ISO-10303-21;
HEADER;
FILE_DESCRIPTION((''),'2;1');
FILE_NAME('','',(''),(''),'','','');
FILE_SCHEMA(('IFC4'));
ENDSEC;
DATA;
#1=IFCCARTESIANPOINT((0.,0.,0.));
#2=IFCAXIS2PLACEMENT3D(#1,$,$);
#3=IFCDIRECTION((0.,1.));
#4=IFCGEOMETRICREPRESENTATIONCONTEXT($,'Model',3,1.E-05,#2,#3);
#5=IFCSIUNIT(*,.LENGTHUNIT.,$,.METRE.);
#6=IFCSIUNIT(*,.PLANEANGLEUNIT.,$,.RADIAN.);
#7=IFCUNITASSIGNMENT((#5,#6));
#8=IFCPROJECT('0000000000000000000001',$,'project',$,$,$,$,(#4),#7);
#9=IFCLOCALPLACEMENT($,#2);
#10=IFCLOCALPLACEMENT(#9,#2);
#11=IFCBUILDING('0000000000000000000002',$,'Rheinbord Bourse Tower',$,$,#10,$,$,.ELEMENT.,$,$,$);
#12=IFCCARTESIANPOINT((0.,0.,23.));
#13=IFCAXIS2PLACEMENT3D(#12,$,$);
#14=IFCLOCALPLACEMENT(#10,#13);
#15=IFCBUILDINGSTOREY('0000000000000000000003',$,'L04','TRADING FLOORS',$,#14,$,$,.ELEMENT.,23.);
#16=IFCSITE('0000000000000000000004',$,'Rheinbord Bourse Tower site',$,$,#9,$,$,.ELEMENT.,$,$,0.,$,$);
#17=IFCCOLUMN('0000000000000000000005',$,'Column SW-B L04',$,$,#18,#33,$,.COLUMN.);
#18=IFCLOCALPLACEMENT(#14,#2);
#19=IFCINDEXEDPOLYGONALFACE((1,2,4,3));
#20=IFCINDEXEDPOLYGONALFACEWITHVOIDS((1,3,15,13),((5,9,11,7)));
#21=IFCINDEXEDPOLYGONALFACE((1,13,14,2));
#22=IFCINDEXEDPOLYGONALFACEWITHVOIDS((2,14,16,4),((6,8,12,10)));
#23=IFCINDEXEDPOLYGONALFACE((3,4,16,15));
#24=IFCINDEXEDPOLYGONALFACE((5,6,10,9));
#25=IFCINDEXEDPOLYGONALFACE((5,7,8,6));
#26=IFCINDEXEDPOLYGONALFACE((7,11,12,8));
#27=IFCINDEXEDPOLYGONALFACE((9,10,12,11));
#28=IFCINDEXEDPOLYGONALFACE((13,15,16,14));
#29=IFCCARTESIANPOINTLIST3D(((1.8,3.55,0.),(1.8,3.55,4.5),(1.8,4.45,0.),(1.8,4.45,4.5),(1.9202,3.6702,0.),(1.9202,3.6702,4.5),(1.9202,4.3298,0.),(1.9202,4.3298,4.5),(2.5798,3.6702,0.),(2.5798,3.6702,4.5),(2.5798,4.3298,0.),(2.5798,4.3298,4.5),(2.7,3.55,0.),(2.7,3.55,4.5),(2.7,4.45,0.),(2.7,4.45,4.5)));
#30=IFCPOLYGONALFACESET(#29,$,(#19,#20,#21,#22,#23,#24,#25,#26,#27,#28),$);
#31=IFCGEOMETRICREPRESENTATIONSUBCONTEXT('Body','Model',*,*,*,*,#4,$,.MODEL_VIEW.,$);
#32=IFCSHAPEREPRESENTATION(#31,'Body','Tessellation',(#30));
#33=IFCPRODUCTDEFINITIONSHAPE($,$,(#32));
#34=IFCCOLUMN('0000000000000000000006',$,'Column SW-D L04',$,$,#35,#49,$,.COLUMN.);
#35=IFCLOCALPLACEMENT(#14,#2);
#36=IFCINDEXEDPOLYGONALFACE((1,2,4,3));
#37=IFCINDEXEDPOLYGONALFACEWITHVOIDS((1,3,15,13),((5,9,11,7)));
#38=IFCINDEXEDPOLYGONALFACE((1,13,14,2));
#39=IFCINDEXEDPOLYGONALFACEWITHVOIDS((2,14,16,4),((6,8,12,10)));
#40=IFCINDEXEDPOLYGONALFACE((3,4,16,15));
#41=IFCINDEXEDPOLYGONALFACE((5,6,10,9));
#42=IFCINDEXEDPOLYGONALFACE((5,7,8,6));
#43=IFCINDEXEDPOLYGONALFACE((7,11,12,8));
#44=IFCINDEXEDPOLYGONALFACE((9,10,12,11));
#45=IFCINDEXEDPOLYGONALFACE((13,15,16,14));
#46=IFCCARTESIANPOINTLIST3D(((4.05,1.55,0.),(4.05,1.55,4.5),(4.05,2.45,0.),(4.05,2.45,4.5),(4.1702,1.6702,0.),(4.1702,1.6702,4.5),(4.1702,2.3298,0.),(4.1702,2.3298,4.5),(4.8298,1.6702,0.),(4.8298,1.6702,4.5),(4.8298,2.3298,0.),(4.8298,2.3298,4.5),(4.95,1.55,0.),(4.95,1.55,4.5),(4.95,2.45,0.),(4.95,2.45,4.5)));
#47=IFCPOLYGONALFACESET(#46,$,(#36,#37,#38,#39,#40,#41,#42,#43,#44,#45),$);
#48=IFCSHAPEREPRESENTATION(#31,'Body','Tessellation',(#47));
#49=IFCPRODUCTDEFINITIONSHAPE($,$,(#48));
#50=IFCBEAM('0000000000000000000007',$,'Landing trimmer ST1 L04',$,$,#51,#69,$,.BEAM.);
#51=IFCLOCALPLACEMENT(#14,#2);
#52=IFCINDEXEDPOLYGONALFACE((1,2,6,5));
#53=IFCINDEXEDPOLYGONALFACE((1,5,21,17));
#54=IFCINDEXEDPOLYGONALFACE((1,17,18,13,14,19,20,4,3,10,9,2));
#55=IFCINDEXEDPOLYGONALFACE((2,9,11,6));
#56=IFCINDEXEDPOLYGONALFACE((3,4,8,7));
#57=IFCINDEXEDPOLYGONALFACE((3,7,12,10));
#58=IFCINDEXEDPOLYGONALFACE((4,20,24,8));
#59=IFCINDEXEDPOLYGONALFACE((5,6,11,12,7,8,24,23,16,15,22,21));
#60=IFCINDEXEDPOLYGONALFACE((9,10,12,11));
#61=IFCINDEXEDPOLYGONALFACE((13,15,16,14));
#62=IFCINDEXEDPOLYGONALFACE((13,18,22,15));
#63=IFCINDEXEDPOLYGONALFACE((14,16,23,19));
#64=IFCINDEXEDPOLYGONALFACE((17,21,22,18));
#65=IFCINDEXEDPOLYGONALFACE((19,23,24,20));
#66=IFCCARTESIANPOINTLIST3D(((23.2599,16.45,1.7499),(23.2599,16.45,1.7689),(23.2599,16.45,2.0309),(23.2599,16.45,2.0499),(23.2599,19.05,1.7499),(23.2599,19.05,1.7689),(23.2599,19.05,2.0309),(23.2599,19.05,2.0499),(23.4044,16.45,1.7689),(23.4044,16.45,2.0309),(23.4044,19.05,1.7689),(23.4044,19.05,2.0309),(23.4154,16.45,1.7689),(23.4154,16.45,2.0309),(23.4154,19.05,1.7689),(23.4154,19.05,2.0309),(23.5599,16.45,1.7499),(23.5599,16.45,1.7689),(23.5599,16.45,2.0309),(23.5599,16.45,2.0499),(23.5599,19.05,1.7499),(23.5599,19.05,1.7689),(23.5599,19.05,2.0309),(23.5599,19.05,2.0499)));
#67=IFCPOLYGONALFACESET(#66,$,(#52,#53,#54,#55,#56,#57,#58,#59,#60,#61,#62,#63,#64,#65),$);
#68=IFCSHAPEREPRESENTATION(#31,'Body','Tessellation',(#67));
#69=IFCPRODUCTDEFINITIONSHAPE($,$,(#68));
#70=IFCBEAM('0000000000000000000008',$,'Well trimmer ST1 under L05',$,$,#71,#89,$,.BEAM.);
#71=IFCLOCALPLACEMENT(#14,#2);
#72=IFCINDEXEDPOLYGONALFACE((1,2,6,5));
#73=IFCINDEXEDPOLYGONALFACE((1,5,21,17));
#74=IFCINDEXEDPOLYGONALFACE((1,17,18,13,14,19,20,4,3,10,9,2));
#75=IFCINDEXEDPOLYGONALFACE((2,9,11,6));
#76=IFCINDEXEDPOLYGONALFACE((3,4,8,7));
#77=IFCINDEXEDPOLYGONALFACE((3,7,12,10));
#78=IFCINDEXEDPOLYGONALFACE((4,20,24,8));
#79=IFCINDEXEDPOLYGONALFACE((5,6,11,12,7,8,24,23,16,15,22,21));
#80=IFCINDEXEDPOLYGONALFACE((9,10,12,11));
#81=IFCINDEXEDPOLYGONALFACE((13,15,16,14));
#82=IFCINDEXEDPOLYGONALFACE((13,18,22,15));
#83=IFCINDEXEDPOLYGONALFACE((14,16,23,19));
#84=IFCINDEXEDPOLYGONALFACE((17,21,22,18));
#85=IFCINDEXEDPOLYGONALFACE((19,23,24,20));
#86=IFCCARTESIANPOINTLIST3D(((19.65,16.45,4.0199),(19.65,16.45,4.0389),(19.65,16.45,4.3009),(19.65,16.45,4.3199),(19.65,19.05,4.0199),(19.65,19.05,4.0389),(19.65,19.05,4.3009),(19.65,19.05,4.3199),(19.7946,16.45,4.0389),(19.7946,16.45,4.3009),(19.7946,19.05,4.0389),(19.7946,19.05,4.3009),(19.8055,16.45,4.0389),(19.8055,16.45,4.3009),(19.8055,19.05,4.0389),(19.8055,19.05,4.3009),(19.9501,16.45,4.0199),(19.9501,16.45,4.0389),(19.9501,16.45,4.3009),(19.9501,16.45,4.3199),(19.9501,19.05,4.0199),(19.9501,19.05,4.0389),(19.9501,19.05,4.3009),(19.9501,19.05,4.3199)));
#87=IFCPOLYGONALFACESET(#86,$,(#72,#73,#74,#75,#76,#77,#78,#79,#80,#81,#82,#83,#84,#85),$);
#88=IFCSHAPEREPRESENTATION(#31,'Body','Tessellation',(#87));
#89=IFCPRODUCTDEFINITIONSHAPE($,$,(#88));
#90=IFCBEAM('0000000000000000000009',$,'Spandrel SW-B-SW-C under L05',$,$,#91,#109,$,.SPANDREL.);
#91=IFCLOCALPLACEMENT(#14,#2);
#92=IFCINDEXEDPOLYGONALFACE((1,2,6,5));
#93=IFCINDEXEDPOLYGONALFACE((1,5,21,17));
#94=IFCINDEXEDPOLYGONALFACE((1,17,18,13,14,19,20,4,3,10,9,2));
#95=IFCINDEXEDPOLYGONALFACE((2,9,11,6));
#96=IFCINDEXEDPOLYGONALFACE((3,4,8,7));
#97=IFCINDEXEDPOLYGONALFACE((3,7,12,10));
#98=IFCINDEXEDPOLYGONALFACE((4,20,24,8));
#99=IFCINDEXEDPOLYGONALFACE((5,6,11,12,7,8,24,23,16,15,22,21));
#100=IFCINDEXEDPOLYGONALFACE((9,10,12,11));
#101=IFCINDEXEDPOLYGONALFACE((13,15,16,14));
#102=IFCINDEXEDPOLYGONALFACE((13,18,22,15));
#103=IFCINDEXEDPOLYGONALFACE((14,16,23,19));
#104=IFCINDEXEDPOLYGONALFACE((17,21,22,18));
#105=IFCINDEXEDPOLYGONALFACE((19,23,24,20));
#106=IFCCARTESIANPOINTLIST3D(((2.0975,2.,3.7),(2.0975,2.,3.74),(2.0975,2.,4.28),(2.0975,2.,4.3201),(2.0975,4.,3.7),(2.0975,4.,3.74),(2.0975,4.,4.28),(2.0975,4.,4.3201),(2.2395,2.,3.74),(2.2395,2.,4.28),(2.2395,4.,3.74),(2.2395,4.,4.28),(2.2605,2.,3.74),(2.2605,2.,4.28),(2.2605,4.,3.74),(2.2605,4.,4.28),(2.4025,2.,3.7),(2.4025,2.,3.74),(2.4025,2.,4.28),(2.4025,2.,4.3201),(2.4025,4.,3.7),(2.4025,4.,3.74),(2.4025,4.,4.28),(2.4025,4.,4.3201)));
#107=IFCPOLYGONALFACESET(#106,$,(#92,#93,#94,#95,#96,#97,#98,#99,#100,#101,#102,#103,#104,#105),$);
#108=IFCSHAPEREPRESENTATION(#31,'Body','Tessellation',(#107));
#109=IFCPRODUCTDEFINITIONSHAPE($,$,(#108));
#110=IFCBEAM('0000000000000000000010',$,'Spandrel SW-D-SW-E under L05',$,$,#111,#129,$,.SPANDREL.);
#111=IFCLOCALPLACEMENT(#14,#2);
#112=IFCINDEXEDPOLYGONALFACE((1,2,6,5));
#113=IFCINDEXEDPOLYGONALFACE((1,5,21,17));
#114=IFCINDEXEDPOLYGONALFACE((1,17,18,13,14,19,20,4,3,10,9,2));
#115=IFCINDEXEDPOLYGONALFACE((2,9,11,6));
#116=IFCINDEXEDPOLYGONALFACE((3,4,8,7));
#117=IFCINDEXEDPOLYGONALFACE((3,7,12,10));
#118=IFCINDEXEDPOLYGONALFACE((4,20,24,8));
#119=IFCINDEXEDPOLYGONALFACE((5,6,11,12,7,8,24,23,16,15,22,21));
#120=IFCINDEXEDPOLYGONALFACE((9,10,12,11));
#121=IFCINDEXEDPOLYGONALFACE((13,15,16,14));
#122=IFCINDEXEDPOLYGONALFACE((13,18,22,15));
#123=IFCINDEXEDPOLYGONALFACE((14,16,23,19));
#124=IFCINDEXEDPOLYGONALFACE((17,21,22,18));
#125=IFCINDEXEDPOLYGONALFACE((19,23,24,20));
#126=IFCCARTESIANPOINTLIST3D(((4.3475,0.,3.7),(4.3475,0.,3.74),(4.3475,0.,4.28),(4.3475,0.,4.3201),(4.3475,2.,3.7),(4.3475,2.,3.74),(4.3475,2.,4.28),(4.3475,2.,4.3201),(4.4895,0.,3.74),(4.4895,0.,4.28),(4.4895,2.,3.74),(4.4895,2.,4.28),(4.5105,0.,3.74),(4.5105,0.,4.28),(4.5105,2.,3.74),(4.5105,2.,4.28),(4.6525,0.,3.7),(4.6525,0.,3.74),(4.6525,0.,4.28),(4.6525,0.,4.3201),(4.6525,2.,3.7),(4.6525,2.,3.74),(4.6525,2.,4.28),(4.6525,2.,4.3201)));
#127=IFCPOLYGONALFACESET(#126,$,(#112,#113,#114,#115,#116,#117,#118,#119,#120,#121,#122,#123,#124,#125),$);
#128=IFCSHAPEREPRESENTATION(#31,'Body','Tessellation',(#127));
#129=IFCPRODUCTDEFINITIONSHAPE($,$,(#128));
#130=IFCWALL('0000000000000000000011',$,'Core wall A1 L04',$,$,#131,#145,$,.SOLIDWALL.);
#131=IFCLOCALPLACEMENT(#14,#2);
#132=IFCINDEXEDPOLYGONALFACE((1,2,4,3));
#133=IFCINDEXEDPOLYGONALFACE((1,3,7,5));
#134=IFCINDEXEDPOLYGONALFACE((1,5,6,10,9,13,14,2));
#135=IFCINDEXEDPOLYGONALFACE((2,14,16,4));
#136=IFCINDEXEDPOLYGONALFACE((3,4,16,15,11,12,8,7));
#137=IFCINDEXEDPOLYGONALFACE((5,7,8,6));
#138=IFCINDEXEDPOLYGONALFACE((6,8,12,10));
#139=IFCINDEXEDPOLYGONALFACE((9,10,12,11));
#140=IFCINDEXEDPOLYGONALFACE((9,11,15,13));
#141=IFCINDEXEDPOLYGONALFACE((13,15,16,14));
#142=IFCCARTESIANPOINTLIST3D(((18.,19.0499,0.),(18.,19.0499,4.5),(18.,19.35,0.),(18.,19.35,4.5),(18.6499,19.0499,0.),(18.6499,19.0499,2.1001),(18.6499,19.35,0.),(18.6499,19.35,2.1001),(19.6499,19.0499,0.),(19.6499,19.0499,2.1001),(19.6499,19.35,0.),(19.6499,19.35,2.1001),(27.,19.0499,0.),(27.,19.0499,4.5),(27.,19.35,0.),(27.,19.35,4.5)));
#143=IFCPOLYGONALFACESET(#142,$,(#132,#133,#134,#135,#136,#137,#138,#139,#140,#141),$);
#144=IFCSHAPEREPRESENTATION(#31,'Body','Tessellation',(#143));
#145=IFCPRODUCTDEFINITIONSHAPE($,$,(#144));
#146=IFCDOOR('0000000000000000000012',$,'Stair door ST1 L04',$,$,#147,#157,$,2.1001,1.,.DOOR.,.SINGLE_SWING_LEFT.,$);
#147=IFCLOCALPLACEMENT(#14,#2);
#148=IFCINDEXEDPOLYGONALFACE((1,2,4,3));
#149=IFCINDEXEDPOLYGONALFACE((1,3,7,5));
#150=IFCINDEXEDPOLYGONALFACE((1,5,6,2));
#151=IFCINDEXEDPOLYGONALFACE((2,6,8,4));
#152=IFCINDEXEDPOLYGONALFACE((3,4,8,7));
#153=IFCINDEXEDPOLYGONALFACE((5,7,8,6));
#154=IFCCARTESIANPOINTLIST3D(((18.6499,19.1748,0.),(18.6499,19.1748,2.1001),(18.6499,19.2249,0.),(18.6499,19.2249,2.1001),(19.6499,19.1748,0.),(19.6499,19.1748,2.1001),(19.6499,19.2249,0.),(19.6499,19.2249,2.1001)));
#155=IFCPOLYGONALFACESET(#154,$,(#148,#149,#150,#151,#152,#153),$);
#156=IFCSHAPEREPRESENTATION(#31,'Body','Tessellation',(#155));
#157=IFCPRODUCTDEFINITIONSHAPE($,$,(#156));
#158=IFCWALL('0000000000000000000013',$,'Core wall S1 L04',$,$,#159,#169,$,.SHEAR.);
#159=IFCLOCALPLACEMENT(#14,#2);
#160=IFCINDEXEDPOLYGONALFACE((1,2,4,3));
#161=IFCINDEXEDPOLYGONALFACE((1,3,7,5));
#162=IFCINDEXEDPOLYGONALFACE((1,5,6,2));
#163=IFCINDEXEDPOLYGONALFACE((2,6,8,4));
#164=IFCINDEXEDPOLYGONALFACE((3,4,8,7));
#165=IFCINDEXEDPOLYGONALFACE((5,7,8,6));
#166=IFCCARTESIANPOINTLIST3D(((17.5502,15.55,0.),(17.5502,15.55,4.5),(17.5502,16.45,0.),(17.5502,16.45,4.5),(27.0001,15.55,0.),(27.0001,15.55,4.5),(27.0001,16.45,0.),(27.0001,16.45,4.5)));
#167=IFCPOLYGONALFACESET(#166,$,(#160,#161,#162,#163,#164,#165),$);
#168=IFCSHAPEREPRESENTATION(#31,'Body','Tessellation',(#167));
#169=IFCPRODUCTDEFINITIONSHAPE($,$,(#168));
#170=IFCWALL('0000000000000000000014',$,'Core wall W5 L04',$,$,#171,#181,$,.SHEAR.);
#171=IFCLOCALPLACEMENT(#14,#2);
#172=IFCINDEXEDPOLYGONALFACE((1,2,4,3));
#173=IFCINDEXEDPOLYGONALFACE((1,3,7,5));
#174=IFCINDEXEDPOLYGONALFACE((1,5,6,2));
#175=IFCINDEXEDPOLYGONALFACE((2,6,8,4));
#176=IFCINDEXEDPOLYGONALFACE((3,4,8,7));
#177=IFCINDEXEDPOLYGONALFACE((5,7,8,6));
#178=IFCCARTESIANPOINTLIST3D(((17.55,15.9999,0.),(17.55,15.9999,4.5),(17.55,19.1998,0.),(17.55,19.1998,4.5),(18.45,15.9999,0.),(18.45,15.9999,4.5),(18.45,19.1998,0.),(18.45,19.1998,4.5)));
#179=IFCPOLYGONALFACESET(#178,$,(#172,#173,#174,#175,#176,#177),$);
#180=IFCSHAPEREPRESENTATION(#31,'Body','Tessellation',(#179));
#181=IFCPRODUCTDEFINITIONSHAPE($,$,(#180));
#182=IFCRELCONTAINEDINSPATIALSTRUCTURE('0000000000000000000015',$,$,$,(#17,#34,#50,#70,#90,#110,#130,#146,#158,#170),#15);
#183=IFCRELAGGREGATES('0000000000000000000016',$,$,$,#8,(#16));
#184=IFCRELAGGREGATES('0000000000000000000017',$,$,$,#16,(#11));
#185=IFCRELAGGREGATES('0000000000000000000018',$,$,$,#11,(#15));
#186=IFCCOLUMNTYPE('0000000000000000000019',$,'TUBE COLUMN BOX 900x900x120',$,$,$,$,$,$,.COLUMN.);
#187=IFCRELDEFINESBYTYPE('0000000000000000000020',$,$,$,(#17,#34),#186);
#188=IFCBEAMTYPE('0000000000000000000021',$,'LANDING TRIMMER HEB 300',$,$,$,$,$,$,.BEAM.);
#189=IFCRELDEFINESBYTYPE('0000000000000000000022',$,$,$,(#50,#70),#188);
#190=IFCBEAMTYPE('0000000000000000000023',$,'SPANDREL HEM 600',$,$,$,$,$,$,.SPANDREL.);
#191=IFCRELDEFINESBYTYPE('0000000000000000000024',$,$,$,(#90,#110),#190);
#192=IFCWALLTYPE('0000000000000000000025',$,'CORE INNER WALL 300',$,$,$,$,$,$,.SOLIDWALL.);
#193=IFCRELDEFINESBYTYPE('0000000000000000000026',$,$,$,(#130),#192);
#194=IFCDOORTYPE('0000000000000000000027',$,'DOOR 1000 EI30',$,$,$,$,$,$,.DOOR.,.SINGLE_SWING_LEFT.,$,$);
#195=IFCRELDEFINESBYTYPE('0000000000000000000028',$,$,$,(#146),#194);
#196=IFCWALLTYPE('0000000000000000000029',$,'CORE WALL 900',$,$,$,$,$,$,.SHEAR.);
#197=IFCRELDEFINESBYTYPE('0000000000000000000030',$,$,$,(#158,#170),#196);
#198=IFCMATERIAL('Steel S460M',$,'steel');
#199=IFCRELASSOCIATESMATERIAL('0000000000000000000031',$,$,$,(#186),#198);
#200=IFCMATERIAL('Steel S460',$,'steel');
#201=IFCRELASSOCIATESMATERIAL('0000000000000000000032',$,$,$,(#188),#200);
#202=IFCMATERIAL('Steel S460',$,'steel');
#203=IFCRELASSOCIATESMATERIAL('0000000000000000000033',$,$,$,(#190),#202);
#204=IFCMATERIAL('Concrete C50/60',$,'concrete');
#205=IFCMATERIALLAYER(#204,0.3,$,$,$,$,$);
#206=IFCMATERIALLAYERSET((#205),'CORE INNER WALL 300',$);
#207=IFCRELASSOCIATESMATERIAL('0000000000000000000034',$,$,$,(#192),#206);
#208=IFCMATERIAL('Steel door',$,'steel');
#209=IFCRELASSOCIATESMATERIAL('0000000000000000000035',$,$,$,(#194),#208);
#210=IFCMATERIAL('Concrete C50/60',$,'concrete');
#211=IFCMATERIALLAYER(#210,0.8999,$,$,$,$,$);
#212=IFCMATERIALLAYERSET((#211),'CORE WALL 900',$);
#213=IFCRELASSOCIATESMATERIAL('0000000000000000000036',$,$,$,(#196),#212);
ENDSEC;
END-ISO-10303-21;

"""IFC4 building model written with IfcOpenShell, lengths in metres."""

from ifc_helpers import new_model, si_unit, direction, frame, frame_2d, origin, origin_2d, place, context, subcontext, project, spatial, rectangle, hollow_rectangle, i_section, extrude, material, layer, layer_set, material_profile, profile_set, type_object, element, fill, save


model = new_model("IFC4")

# Units and contexts
model_context = context("Model", 3, precision=1e-05, world=origin(), true_north=direction((0.0, 1.0)))
body_context = subcontext(model_context, "Body", "Model", "MODEL_VIEW")
ifc_project = project(units=[si_unit("LENGTHUNIT", "METRE"), si_unit("PLANEANGLEUNIT", "RADIAN")], contexts=[model_context])

# Site, building, storey
site_placement = place(None, origin())
site = spatial("IfcSite", under=ifc_project, at=site_placement, Name="Rheinbord Bourse Tower site", CompositionType="ELEMENT", RefElevation=0.0)
building_placement = place(site_placement, origin())
building = spatial("IfcBuilding", under=site, at=building_placement, Name="Rheinbord Bourse Tower", CompositionType="ELEMENT")
storey_placement = place(building_placement, frame((0.0, 0.0, 23.0)))
storey = spatial("IfcBuildingStorey", under=building, at=storey_placement, Name="L04", Description="TRADING FLOORS", CompositionType="ELEMENT", Elevation=23.0)

# Columns
ifc_material_1 = material(Name="Steel S460M", Category="steel")
ifc_material_profile_1 = material_profile(ifc_material_1, hollow_rectangle(XDim=0.8999, YDim=0.8999, WallThickness=0.1201, at=origin_2d()), Name="BOX 900x900x120")
ifc_profile_set_1 = profile_set([ifc_material_profile_1], Name="Steel S460M")
column_type = type_object("IfcColumnType", Name="TUBE COLUMN BOX 900x900x120", PredefinedType="COLUMN", material=ifc_profile_set_1)
for number, where, z_axis, x_axis, name in (
    (1, (2.25, 4.0, 0.0), (0.0, 0.0, 1.0), (1.0, 0.0, 0.0), "Column SW-B L04"),
    (2, (4.5, 2.0, 0.0), (0.0, 0.0, 1.0), (0.0, 1.0, 0.0), "Column SW-D L04"),
):
    element("IfcColumn", number, at=place(storey_placement, frame(where, z_axis=z_axis, x_axis=x_axis)), inside=storey, type_object=column_type, Name=name, PredefinedType="COLUMN", context=body_context, shape_type="SweptSolid", body=[
        extrude(hollow_rectangle(XDim=0.8999, YDim=0.8999, WallThickness=0.1201, at=origin_2d()), origin(), (0.0, 0.0, 1.0), 4.5),
    ])

# Beams
ifc_material_2 = material(Name="Steel S460", Category="steel")
ifc_material_profile_2 = material_profile(ifc_material_2, i_section(OverallWidth=0.3, OverallDepth=0.3, WebThickness=0.011, FlangeThickness=0.019, at=origin_2d()), Name="HEB 300")
ifc_profile_set_2 = profile_set([ifc_material_profile_2], Name="Steel S460")
beam_type_1 = type_object("IfcBeamType", Name="LANDING TRIMMER HEB 300", PredefinedType="BEAM", material=ifc_profile_set_2)
for number, where, z_axis, x_axis, name in (
    (3, (23.4099, 16.45, 1.8999), (0.0, 1.0, 0.0), (-1.0, 0.0, 0.0), "Landing trimmer ST1 L04"),
    (4, (19.8, 16.45, 4.1699), (0.0, 1.0, 0.0), (-1.0, 0.0, 0.0), "Well trimmer ST1 under L05"),
):
    element("IfcBeam", number, at=place(storey_placement, frame(where, z_axis=z_axis, x_axis=x_axis)), inside=storey, type_object=beam_type_1, Name=name, PredefinedType="BEAM", context=body_context, shape_type="SweptSolid", body=[
        extrude(i_section(OverallWidth=0.3, OverallDepth=0.3, WebThickness=0.011, FlangeThickness=0.019, at=origin_2d()), origin(), (0.0, 0.0, 1.0), 2.6001),
    ])
ifc_material_3 = material(Name="Steel S460", Category="steel")
ifc_material_profile_3 = material_profile(ifc_material_3, i_section(OverallWidth=0.3049, OverallDepth=0.6201, WebThickness=0.021, FlangeThickness=0.04, at=origin_2d()), Name="HEM 600")
ifc_profile_set_3 = profile_set([ifc_material_profile_3], Name="Steel S460")
beam_type_2 = type_object("IfcBeamType", Name="SPANDREL HEM 600", PredefinedType="SPANDREL", material=ifc_profile_set_3)
for number, where, z_axis, x_axis, name in (
    (5, (2.25, 4.0, 4.01), (0.0, -1.0, 0.0), (1.0, 0.0, 0.0), "Spandrel SW-B-SW-C under L05"),
    (6, (4.5, 2.0, 4.01), (0.0, -1.0, 0.0), (1.0, 0.0, 0.0), "Spandrel SW-D-SW-E under L05"),
):
    element("IfcBeam", number, at=place(storey_placement, frame(where, z_axis=z_axis, x_axis=x_axis)), inside=storey, type_object=beam_type_2, Name=name, PredefinedType="SPANDREL", context=body_context, shape_type="SweptSolid", body=[
        extrude(i_section(OverallWidth=0.3049, OverallDepth=0.6201, WebThickness=0.021, FlangeThickness=0.04, at=origin_2d()), origin(), (0.0, 0.0, 1.0), 2.0),
    ])

# Wall, opening, door
ifc_material_4 = material(Name="Concrete C50/60", Category="concrete")
ifc_layer_1 = layer(ifc_material_4, 0.3)
ifc_layer_set_1 = layer_set([ifc_layer_1], Name="CORE INNER WALL 300")
wall_type_1 = type_object("IfcWallType", Name="CORE INNER WALL 300", PredefinedType="SOLIDWALL", material=ifc_layer_set_1)
wall_1_placement = place(storey_placement, frame((18.0, 19.2, 0.0), z_axis=(0.0, 0.0, 1.0), x_axis=(1.0, 0.0, 0.0)))
wall_1 = element("IfcWall", 7, at=wall_1_placement, inside=storey, type_object=wall_type_1, Name="Core wall A1 L04", PredefinedType="SOLIDWALL", context=body_context, shape_type="SweptSolid", body=[
    extrude(rectangle(XDim=9.0, YDim=0.3, at=frame_2d((4.5, 0.0))), origin(), (0.0, 0.0, 1.0), 4.5),
])
opening_1_placement = place(wall_1_placement, frame((0.6499, 0.0, 0.0)))
opening_1 = element("IfcOpeningElement", 8, at=opening_1_placement, cuts=wall_1, PredefinedType="OPENING", context=body_context, shape_type="SweptSolid", body=[
    extrude(rectangle(XDim=1.0, YDim=2.1001, at=frame_2d((0.5, 1.05))), frame((0.0, 0.1599, 0.0), z_axis=(0.0, -1.0, 0.0), x_axis=(1.0, 0.0, 0.0)), (0.0, 0.0, 1.0), 0.3201),
])
ifc_material_5 = material(Name="Steel door", Category="steel")
door_type_1 = type_object("IfcDoorType", Name="DOOR 1000 EI30", OperationType="SINGLE_SWING_LEFT", PredefinedType="DOOR", material=ifc_material_5)
door_1_placement = place(opening_1_placement, origin())
door_1 = element("IfcDoor", 9, at=door_1_placement, inside=storey, type_object=door_type_1, Name="Stair door ST1 L04", OperationType="SINGLE_SWING_LEFT", OverallHeight=2.1001, OverallWidth=1.0, PredefinedType="DOOR", context=body_context, shape_type="SweptSolid", body=[
    extrude(rectangle(XDim=1.0, YDim=2.1001, at=frame_2d((0.5, 1.05))), frame((0.0, 0.0249, 0.0), z_axis=(0.0, -1.0, 0.0), x_axis=(1.0, 0.0, 0.0)), (0.0, 0.0, 1.0), 0.05),
])
fill(opening_1, door_1)

# Walls
ifc_material_6 = material(Name="Concrete C50/60", Category="concrete")
ifc_layer_2 = layer(ifc_material_6, 0.8999)
ifc_layer_set_2 = layer_set([ifc_layer_2], Name="CORE WALL 900")
wall_type_2 = type_object("IfcWallType", Name="CORE WALL 900", PredefinedType="SHEAR", material=ifc_layer_set_2)
wall_2_placement = place(storey_placement, frame((17.55, 16.0, 0.0), z_axis=(0.0, 0.0, 1.0), x_axis=(1.0, 0.0, 0.0)))
element("IfcWall", 10, at=wall_2_placement, inside=storey, type_object=wall_type_2, Name="Core wall S1 L04", PredefinedType="SHEAR", context=body_context, shape_type="SweptSolid", body=[
    extrude(rectangle(XDim=9.45, YDim=0.8999, at=frame_2d((4.7251, 0.0))), origin(), (0.0, 0.0, 1.0), 4.5),
])
wall_3_placement = place(storey_placement, frame((18.0, 19.2, 0.0), z_axis=(0.0, 0.0, 1.0), x_axis=(0.0, -1.0, 0.0)))
element("IfcWall", 11, at=wall_3_placement, inside=storey, type_object=wall_type_2, Name="Core wall W5 L04", PredefinedType="SHEAR", context=body_context, shape_type="SweptSolid", body=[
    extrude(rectangle(XDim=3.2, YDim=0.8999, at=frame_2d((1.6001, 0.0))), origin(), (0.0, 0.0, 1.0), 4.5),
])

save(model, "model.ifc")
